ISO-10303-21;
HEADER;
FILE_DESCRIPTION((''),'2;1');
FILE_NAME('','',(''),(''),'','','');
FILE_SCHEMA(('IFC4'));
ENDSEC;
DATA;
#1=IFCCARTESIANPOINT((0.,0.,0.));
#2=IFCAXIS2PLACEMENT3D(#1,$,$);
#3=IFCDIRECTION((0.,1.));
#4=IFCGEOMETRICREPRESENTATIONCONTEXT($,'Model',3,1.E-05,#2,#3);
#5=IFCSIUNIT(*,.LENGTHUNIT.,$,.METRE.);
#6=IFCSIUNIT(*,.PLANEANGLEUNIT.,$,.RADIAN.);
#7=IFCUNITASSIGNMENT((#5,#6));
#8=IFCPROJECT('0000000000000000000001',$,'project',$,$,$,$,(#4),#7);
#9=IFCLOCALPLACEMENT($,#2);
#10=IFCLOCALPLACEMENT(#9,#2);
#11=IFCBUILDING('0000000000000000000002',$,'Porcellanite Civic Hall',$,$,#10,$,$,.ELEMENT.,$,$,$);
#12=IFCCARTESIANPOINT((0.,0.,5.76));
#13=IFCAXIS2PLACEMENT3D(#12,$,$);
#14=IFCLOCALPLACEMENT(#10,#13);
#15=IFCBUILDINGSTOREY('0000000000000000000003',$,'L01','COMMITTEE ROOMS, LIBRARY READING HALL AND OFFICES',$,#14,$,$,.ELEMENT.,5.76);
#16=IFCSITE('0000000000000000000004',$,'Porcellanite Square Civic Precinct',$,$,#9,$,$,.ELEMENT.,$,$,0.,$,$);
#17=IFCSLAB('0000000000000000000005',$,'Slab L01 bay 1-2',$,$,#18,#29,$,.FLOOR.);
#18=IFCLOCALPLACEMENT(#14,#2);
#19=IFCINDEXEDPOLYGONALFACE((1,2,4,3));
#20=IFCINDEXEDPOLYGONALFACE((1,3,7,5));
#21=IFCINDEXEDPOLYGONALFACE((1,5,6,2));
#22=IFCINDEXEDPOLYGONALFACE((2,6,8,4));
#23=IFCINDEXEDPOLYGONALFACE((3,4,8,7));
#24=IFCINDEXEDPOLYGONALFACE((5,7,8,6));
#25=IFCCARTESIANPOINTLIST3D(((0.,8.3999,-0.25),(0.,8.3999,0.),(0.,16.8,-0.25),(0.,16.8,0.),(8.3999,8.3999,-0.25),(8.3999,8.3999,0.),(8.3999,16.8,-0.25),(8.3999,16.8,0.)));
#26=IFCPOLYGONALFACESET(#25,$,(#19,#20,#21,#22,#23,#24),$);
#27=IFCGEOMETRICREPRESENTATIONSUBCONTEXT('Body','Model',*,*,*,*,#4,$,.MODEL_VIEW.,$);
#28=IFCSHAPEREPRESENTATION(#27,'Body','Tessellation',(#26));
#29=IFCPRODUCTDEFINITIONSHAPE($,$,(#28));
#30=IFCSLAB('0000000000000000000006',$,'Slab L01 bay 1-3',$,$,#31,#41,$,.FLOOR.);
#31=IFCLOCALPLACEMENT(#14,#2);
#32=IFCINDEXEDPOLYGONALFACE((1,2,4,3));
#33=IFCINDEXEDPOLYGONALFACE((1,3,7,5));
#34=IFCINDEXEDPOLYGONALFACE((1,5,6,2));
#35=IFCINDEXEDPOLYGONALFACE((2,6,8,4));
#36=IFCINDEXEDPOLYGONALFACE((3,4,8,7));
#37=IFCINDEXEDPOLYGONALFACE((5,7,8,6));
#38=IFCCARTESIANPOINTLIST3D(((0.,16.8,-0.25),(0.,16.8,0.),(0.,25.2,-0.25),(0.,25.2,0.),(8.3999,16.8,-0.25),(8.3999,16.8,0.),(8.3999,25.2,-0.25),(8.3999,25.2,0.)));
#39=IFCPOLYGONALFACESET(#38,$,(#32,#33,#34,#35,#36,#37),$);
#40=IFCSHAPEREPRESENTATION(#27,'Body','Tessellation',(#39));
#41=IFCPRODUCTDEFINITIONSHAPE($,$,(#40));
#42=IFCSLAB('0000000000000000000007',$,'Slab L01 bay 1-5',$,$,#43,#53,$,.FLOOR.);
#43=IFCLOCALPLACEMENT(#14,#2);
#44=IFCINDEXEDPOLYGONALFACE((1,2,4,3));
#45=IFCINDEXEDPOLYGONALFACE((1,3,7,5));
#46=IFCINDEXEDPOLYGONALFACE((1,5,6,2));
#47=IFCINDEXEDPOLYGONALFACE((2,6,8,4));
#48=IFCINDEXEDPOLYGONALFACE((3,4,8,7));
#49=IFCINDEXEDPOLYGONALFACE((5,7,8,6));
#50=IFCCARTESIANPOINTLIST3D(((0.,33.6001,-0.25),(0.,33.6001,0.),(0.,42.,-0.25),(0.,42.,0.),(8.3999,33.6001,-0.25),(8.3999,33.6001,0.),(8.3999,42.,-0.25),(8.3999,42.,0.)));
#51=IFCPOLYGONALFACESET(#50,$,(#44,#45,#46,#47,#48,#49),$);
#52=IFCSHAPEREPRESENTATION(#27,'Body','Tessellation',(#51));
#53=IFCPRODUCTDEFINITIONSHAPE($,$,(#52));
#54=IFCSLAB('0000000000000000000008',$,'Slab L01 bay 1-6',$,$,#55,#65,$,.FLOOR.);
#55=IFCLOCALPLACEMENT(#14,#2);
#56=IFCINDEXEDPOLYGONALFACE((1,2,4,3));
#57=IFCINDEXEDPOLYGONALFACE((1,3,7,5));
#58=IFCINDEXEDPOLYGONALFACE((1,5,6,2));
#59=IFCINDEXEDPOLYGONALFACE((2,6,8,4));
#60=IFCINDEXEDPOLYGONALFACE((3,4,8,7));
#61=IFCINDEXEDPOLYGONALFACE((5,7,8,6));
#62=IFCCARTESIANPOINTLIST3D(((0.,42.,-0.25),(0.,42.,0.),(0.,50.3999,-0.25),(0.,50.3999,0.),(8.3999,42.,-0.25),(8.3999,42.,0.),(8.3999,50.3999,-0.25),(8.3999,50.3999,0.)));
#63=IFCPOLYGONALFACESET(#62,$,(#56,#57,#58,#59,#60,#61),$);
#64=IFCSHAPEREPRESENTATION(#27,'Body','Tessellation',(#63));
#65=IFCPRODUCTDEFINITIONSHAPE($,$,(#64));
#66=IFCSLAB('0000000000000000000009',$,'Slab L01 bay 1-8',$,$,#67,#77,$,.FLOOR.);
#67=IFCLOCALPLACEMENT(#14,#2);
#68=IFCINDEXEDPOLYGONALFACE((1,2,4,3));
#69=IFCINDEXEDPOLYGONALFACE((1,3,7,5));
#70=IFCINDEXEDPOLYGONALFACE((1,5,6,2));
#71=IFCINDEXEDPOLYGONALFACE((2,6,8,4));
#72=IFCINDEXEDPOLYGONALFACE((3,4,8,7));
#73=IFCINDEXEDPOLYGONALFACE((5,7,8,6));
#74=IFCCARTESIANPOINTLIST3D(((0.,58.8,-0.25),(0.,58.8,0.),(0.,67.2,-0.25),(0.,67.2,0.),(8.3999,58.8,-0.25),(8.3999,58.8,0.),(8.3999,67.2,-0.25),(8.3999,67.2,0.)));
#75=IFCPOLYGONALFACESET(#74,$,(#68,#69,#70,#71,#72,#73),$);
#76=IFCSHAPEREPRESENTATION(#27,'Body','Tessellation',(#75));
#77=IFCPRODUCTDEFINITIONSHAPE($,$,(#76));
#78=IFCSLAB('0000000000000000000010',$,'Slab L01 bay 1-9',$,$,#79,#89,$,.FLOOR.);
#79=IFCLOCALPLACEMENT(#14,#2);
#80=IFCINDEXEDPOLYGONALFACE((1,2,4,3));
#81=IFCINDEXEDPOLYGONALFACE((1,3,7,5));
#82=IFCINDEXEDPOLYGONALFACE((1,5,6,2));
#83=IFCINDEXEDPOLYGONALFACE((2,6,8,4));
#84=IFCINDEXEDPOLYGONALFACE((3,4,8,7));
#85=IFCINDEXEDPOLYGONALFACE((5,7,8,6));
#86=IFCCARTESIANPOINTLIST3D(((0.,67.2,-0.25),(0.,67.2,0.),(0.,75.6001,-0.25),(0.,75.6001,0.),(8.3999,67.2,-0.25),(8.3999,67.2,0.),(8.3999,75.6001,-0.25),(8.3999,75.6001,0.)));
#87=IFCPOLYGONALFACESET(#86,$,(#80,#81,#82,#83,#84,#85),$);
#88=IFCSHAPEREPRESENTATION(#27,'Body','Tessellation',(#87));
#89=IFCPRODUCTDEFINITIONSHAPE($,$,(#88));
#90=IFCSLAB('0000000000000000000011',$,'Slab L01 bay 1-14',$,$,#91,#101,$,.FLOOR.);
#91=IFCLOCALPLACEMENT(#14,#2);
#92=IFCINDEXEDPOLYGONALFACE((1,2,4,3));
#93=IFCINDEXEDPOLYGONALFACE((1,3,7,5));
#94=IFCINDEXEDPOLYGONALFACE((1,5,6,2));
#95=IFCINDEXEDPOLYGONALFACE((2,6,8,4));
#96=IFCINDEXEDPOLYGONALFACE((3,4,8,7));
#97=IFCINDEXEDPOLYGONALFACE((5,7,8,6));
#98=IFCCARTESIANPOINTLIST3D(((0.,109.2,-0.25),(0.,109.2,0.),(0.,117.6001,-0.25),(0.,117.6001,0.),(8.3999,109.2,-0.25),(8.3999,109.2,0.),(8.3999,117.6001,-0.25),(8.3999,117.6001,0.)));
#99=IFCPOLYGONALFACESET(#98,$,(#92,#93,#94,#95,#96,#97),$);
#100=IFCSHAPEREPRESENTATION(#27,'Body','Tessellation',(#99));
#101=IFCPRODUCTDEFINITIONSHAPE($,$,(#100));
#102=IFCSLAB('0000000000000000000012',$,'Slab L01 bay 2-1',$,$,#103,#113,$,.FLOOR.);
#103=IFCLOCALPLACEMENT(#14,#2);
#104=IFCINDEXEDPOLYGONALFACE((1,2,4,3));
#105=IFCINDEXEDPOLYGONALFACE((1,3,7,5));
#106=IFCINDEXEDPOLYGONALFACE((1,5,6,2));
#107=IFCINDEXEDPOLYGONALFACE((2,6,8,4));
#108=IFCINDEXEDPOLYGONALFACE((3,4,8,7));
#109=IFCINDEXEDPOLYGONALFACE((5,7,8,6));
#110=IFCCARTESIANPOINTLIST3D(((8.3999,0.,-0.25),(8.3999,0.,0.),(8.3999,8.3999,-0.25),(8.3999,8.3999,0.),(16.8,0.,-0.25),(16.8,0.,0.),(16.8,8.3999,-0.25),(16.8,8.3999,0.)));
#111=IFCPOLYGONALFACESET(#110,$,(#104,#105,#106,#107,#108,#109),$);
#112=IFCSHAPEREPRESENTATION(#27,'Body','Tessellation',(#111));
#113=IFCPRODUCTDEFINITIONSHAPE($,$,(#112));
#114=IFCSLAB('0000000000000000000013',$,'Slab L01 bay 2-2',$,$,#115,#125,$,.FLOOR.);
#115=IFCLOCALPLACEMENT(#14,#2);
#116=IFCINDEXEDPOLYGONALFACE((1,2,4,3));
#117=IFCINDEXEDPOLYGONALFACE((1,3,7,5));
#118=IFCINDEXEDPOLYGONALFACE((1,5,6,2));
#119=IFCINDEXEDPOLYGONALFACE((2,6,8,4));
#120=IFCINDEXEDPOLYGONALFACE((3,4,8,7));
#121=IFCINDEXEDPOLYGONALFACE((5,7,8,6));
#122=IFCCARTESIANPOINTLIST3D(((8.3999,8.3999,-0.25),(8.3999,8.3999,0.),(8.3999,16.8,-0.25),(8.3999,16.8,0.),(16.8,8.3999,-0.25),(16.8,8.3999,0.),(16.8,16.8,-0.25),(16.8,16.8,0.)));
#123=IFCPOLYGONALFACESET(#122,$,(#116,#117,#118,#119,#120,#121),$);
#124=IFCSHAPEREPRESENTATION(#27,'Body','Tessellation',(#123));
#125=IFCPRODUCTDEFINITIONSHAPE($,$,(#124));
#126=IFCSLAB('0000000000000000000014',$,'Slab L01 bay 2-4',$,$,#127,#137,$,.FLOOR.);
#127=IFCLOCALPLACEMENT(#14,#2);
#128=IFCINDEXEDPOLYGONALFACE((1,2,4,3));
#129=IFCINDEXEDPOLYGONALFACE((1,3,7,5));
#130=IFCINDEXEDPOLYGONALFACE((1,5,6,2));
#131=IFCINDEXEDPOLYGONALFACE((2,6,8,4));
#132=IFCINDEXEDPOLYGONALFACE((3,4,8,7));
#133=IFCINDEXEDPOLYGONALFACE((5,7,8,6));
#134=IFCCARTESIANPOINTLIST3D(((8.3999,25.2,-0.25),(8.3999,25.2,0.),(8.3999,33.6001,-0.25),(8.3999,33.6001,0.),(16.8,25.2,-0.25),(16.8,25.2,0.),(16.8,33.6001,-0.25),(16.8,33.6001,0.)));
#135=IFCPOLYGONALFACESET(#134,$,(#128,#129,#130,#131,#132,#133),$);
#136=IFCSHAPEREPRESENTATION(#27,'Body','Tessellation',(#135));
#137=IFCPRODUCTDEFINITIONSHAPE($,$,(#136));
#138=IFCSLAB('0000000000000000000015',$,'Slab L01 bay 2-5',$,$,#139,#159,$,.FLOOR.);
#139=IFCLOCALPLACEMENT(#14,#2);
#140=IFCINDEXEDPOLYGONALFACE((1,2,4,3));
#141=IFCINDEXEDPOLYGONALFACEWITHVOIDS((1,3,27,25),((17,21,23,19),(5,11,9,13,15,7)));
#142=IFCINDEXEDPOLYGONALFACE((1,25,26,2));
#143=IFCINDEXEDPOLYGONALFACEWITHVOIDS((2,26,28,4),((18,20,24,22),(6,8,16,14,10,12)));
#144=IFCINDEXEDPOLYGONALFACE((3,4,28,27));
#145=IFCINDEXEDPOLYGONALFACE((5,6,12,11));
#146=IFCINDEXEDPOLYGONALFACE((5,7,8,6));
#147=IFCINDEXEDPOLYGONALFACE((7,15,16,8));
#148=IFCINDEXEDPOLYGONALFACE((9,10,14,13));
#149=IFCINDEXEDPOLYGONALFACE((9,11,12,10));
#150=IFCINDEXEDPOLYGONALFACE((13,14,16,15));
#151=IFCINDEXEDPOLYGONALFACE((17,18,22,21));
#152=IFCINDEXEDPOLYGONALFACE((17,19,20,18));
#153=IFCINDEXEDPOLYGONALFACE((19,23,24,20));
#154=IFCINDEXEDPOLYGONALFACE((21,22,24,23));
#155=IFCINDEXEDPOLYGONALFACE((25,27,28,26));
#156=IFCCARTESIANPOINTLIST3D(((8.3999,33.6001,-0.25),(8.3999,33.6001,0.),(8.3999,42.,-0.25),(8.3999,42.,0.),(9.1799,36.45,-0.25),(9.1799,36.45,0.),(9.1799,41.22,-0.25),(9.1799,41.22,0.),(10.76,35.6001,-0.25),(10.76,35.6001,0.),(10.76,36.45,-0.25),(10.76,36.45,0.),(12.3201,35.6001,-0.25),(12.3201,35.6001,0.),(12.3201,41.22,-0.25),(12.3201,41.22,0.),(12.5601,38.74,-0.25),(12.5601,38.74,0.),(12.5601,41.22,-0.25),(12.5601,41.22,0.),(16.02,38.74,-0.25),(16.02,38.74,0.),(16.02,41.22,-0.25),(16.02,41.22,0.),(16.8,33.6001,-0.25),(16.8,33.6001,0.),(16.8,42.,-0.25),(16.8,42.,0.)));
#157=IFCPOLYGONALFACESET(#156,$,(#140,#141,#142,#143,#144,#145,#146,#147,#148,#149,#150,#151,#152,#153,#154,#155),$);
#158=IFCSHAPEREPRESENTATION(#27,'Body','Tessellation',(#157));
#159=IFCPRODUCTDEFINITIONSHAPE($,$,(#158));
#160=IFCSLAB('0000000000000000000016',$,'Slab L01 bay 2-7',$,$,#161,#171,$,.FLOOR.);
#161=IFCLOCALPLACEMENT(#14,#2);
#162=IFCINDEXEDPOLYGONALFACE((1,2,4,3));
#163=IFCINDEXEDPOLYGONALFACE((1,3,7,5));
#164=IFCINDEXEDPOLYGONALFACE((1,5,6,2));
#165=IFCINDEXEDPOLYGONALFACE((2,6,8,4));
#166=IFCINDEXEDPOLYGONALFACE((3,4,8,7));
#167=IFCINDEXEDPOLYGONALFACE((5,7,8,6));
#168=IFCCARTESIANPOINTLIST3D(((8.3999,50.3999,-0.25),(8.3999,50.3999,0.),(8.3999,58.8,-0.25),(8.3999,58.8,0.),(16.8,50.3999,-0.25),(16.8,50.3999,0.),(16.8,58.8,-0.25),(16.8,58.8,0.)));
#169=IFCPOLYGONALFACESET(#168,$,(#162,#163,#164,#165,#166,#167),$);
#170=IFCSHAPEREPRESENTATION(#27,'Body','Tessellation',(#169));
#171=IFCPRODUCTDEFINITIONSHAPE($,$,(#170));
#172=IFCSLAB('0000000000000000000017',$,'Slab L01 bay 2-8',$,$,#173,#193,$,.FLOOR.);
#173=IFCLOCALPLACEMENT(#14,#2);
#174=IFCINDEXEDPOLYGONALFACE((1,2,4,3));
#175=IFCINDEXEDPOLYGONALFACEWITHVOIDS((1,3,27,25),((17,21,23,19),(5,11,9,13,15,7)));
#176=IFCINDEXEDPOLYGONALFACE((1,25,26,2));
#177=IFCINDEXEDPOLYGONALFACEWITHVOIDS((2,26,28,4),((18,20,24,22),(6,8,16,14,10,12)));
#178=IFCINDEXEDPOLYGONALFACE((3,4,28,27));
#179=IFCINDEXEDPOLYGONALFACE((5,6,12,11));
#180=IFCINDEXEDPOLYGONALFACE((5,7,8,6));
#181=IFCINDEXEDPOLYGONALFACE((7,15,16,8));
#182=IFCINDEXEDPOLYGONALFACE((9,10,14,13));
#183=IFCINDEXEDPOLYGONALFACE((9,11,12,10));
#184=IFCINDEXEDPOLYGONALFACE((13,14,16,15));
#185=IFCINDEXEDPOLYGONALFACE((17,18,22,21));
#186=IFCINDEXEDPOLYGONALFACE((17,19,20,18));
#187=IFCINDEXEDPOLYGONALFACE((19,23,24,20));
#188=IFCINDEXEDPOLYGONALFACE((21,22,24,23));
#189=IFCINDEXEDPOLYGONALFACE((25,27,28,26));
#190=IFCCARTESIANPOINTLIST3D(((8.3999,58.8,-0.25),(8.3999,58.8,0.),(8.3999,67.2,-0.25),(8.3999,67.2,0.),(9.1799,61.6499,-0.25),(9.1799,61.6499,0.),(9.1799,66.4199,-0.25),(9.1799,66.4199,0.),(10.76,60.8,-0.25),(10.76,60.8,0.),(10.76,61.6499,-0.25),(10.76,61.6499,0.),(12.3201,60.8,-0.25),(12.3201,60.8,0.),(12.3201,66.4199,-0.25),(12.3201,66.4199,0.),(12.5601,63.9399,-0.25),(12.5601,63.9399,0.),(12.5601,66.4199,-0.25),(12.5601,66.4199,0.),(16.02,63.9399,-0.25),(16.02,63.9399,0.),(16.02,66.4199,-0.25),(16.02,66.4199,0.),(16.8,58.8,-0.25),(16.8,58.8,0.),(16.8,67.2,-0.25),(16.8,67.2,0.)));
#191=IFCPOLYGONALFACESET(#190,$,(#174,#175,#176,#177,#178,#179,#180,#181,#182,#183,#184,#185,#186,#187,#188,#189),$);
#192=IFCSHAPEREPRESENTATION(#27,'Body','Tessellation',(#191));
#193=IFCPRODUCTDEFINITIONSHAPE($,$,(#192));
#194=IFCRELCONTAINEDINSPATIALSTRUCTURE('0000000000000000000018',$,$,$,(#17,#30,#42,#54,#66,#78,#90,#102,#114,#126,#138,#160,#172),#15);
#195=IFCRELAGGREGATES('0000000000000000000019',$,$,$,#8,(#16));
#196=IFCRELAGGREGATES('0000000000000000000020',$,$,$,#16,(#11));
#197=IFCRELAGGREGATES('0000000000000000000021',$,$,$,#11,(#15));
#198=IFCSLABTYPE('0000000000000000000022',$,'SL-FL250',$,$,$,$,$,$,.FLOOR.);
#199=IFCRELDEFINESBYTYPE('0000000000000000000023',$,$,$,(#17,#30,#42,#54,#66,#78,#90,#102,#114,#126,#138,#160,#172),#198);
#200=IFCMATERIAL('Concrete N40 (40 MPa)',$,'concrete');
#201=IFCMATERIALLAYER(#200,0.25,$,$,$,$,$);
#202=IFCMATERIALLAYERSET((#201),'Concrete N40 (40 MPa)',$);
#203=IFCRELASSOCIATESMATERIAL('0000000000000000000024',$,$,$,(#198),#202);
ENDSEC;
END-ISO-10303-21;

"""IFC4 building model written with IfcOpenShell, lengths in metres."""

from ifc_helpers import new_model, si_unit, direction, frame, origin, place, context, subcontext, project, spatial, polyline, outline, extrude, material, layer, layer_set, type_object, element, save


model = new_model("IFC4")

# Units and contexts
model_context = context("Model", 3, precision=1e-05, world=origin(), true_north=direction((0.0, 1.0)))
body_context = subcontext(model_context, "Body", "Model", "MODEL_VIEW")
ifc_project = project(units=[si_unit("LENGTHUNIT", "METRE"), si_unit("PLANEANGLEUNIT", "RADIAN")], contexts=[model_context])

# Site, building, storey
site_placement = place(None, origin())
site = spatial("IfcSite", under=ifc_project, at=site_placement, Name="Porcellanite Square Civic Precinct", CompositionType="ELEMENT", RefElevation=0.0)
building_placement = place(site_placement, origin())
building = spatial("IfcBuilding", under=site, at=building_placement, Name="Porcellanite Civic Hall", CompositionType="ELEMENT")
storey_placement = place(building_placement, frame((0.0, 0.0, 5.76)))
storey = spatial("IfcBuildingStorey", under=building, at=storey_placement, Name="L01", Description="COMMITTEE ROOMS, LIBRARY READING HALL AND OFFICES", CompositionType="ELEMENT", Elevation=5.76)

# Slabs
ifc_material_1 = material(Name="Concrete N40 (40 MPa)", Category="concrete")
ifc_layer_1 = layer(ifc_material_1, 0.25)
ifc_layer_set_1 = layer_set([ifc_layer_1], Name="Concrete N40 (40 MPa)")
slab_type_1 = type_object("IfcSlabType", Name="SL-FL250", PredefinedType="FLOOR", material=ifc_layer_set_1)
slab_1_placement = place(storey_placement, frame((0.0, 0.0, -0.25)))
element("IfcSlab", 1, at=slab_1_placement, inside=storey, type_object=slab_type_1, Name="Slab L01 bay 1-2", PredefinedType="FLOOR", context=body_context, shape_type="SweptSolid", body=[
    extrude(outline(polyline([(0.0, 8.3999), (8.3999, 8.3999), (8.3999, 16.8), (0.0, 16.8), (0.0, 8.3999)])), origin(), (0.0, 0.0, 1.0), 0.25),
])
slab_2_placement = place(storey_placement, frame((0.0, 0.0, -0.25)))
element("IfcSlab", 2, at=slab_2_placement, inside=storey, type_object=slab_type_1, Name="Slab L01 bay 1-3", PredefinedType="FLOOR", context=body_context, shape_type="SweptSolid", body=[
    extrude(outline(polyline([(0.0, 16.8), (8.3999, 16.8), (8.3999, 25.2), (0.0, 25.2), (0.0, 16.8)])), origin(), (0.0, 0.0, 1.0), 0.25),
])
slab_3_placement = place(storey_placement, frame((0.0, 0.0, -0.25)))
element("IfcSlab", 3, at=slab_3_placement, inside=storey, type_object=slab_type_1, Name="Slab L01 bay 1-5", PredefinedType="FLOOR", context=body_context, shape_type="SweptSolid", body=[
    extrude(outline(polyline([(0.0, 33.6001), (8.3999, 33.6001), (8.3999, 42.0), (0.0, 42.0), (0.0, 33.6001)])), origin(), (0.0, 0.0, 1.0), 0.25),
])
slab_4_placement = place(storey_placement, frame((0.0, 0.0, -0.25)))
element("IfcSlab", 4, at=slab_4_placement, inside=storey, type_object=slab_type_1, Name="Slab L01 bay 1-6", PredefinedType="FLOOR", context=body_context, shape_type="SweptSolid", body=[
    extrude(outline(polyline([(0.0, 42.0), (8.3999, 42.0), (8.3999, 50.3999), (0.0, 50.3999), (0.0, 42.0)])), origin(), (0.0, 0.0, 1.0), 0.25),
])
slab_5_placement = place(storey_placement, frame((0.0, 0.0, -0.25)))
element("IfcSlab", 5, at=slab_5_placement, inside=storey, type_object=slab_type_1, Name="Slab L01 bay 1-8", PredefinedType="FLOOR", context=body_context, shape_type="SweptSolid", body=[
    extrude(outline(polyline([(0.0, 58.8), (8.3999, 58.8), (8.3999, 67.2), (0.0, 67.2), (0.0, 58.8)])), origin(), (0.0, 0.0, 1.0), 0.25),
])
slab_6_placement = place(storey_placement, frame((0.0, 0.0, -0.25)))
element("IfcSlab", 6, at=slab_6_placement, inside=storey, type_object=slab_type_1, Name="Slab L01 bay 1-9", PredefinedType="FLOOR", context=body_context, shape_type="SweptSolid", body=[
    extrude(outline(polyline([(0.0, 67.2), (8.3999, 67.2), (8.3999, 75.6001), (0.0, 75.6001), (0.0, 67.2)])), origin(), (0.0, 0.0, 1.0), 0.25),
])
slab_7_placement = place(storey_placement, frame((0.0, 0.0, -0.25)))
element("IfcSlab", 7, at=slab_7_placement, inside=storey, type_object=slab_type_1, Name="Slab L01 bay 1-14", PredefinedType="FLOOR", context=body_context, shape_type="SweptSolid", body=[
    extrude(outline(polyline([(0.0, 109.2), (8.3999, 109.2), (8.3999, 117.6001), (0.0, 117.6001), (0.0, 109.2)])), origin(), (0.0, 0.0, 1.0), 0.25),
])
slab_8_placement = place(storey_placement, frame((0.0, 0.0, -0.25)))
element("IfcSlab", 8, at=slab_8_placement, inside=storey, type_object=slab_type_1, Name="Slab L01 bay 2-1", PredefinedType="FLOOR", context=body_context, shape_type="SweptSolid", body=[
    extrude(outline(polyline([(8.3999, 0.0), (16.8, 0.0), (16.8, 8.3999), (8.3999, 8.3999), (8.3999, 0.0)])), origin(), (0.0, 0.0, 1.0), 0.25),
])
slab_9_placement = place(storey_placement, frame((0.0, 0.0, -0.25)))
element("IfcSlab", 9, at=slab_9_placement, inside=storey, type_object=slab_type_1, Name="Slab L01 bay 2-2", PredefinedType="FLOOR", context=body_context, shape_type="SweptSolid", body=[
    extrude(outline(polyline([(8.3999, 8.3999), (16.8, 8.3999), (16.8, 16.8), (8.3999, 16.8), (8.3999, 8.3999)])), origin(), (0.0, 0.0, 1.0), 0.25),
])
slab_10_placement = place(storey_placement, frame((0.0, 0.0, -0.25)))
element("IfcSlab", 10, at=slab_10_placement, inside=storey, type_object=slab_type_1, Name="Slab L01 bay 2-4", PredefinedType="FLOOR", context=body_context, shape_type="SweptSolid", body=[
    extrude(outline(polyline([(8.3999, 25.2), (16.8, 25.2), (16.8, 33.6001), (8.3999, 33.6001), (8.3999, 25.2)])), origin(), (0.0, 0.0, 1.0), 0.25),
])
slab_11_placement = place(storey_placement, frame((0.0, 0.0, -0.25)))
element("IfcSlab", 11, at=slab_11_placement, inside=storey, type_object=slab_type_1, Name="Slab L01 bay 2-5", PredefinedType="FLOOR", context=body_context, shape_type="SweptSolid", body=[
    extrude(outline(polyline([(8.3999, 33.6001), (16.8, 33.6001), (16.8, 42.0), (8.3999, 42.0), (8.3999, 33.6001)]), holes=[polyline([(9.1799, 36.45), (10.76, 36.45), (10.76, 35.6001), (12.3201, 35.6001), (12.3201, 41.22), (9.1799, 41.22), (9.1799, 36.45)]), polyline([(12.5601, 38.74), (16.02, 38.74), (16.02, 41.22), (12.5601, 41.22), (12.5601, 38.74)])]), origin(), (0.0, 0.0, 1.0), 0.25),
])
slab_12_placement = place(storey_placement, frame((0.0, 0.0, -0.25)))
element("IfcSlab", 12, at=slab_12_placement, inside=storey, type_object=slab_type_1, Name="Slab L01 bay 2-7", PredefinedType="FLOOR", context=body_context, shape_type="SweptSolid", body=[
    extrude(outline(polyline([(8.3999, 50.3999), (16.8, 50.3999), (16.8, 58.8), (8.3999, 58.8), (8.3999, 50.3999)])), origin(), (0.0, 0.0, 1.0), 0.25),
])
slab_13_placement = place(storey_placement, frame((0.0, 0.0, -0.25)))
element("IfcSlab", 13, at=slab_13_placement, inside=storey, type_object=slab_type_1, Name="Slab L01 bay 2-8", PredefinedType="FLOOR", context=body_context, shape_type="SweptSolid", body=[
    extrude(outline(polyline([(8.3999, 58.8), (16.8, 58.8), (16.8, 67.2), (8.3999, 67.2), (8.3999, 58.8)]), holes=[polyline([(9.1799, 61.6499), (10.76, 61.6499), (10.76, 60.8), (12.3201, 60.8), (12.3201, 66.4199), (9.1799, 66.4199), (9.1799, 61.6499)]), polyline([(12.5601, 63.9399), (16.02, 63.9399), (16.02, 66.4199), (12.5601, 66.4199), (12.5601, 63.9399)])]), origin(), (0.0, 0.0, 1.0), 0.25),
])

save(model, "model.ifc")
